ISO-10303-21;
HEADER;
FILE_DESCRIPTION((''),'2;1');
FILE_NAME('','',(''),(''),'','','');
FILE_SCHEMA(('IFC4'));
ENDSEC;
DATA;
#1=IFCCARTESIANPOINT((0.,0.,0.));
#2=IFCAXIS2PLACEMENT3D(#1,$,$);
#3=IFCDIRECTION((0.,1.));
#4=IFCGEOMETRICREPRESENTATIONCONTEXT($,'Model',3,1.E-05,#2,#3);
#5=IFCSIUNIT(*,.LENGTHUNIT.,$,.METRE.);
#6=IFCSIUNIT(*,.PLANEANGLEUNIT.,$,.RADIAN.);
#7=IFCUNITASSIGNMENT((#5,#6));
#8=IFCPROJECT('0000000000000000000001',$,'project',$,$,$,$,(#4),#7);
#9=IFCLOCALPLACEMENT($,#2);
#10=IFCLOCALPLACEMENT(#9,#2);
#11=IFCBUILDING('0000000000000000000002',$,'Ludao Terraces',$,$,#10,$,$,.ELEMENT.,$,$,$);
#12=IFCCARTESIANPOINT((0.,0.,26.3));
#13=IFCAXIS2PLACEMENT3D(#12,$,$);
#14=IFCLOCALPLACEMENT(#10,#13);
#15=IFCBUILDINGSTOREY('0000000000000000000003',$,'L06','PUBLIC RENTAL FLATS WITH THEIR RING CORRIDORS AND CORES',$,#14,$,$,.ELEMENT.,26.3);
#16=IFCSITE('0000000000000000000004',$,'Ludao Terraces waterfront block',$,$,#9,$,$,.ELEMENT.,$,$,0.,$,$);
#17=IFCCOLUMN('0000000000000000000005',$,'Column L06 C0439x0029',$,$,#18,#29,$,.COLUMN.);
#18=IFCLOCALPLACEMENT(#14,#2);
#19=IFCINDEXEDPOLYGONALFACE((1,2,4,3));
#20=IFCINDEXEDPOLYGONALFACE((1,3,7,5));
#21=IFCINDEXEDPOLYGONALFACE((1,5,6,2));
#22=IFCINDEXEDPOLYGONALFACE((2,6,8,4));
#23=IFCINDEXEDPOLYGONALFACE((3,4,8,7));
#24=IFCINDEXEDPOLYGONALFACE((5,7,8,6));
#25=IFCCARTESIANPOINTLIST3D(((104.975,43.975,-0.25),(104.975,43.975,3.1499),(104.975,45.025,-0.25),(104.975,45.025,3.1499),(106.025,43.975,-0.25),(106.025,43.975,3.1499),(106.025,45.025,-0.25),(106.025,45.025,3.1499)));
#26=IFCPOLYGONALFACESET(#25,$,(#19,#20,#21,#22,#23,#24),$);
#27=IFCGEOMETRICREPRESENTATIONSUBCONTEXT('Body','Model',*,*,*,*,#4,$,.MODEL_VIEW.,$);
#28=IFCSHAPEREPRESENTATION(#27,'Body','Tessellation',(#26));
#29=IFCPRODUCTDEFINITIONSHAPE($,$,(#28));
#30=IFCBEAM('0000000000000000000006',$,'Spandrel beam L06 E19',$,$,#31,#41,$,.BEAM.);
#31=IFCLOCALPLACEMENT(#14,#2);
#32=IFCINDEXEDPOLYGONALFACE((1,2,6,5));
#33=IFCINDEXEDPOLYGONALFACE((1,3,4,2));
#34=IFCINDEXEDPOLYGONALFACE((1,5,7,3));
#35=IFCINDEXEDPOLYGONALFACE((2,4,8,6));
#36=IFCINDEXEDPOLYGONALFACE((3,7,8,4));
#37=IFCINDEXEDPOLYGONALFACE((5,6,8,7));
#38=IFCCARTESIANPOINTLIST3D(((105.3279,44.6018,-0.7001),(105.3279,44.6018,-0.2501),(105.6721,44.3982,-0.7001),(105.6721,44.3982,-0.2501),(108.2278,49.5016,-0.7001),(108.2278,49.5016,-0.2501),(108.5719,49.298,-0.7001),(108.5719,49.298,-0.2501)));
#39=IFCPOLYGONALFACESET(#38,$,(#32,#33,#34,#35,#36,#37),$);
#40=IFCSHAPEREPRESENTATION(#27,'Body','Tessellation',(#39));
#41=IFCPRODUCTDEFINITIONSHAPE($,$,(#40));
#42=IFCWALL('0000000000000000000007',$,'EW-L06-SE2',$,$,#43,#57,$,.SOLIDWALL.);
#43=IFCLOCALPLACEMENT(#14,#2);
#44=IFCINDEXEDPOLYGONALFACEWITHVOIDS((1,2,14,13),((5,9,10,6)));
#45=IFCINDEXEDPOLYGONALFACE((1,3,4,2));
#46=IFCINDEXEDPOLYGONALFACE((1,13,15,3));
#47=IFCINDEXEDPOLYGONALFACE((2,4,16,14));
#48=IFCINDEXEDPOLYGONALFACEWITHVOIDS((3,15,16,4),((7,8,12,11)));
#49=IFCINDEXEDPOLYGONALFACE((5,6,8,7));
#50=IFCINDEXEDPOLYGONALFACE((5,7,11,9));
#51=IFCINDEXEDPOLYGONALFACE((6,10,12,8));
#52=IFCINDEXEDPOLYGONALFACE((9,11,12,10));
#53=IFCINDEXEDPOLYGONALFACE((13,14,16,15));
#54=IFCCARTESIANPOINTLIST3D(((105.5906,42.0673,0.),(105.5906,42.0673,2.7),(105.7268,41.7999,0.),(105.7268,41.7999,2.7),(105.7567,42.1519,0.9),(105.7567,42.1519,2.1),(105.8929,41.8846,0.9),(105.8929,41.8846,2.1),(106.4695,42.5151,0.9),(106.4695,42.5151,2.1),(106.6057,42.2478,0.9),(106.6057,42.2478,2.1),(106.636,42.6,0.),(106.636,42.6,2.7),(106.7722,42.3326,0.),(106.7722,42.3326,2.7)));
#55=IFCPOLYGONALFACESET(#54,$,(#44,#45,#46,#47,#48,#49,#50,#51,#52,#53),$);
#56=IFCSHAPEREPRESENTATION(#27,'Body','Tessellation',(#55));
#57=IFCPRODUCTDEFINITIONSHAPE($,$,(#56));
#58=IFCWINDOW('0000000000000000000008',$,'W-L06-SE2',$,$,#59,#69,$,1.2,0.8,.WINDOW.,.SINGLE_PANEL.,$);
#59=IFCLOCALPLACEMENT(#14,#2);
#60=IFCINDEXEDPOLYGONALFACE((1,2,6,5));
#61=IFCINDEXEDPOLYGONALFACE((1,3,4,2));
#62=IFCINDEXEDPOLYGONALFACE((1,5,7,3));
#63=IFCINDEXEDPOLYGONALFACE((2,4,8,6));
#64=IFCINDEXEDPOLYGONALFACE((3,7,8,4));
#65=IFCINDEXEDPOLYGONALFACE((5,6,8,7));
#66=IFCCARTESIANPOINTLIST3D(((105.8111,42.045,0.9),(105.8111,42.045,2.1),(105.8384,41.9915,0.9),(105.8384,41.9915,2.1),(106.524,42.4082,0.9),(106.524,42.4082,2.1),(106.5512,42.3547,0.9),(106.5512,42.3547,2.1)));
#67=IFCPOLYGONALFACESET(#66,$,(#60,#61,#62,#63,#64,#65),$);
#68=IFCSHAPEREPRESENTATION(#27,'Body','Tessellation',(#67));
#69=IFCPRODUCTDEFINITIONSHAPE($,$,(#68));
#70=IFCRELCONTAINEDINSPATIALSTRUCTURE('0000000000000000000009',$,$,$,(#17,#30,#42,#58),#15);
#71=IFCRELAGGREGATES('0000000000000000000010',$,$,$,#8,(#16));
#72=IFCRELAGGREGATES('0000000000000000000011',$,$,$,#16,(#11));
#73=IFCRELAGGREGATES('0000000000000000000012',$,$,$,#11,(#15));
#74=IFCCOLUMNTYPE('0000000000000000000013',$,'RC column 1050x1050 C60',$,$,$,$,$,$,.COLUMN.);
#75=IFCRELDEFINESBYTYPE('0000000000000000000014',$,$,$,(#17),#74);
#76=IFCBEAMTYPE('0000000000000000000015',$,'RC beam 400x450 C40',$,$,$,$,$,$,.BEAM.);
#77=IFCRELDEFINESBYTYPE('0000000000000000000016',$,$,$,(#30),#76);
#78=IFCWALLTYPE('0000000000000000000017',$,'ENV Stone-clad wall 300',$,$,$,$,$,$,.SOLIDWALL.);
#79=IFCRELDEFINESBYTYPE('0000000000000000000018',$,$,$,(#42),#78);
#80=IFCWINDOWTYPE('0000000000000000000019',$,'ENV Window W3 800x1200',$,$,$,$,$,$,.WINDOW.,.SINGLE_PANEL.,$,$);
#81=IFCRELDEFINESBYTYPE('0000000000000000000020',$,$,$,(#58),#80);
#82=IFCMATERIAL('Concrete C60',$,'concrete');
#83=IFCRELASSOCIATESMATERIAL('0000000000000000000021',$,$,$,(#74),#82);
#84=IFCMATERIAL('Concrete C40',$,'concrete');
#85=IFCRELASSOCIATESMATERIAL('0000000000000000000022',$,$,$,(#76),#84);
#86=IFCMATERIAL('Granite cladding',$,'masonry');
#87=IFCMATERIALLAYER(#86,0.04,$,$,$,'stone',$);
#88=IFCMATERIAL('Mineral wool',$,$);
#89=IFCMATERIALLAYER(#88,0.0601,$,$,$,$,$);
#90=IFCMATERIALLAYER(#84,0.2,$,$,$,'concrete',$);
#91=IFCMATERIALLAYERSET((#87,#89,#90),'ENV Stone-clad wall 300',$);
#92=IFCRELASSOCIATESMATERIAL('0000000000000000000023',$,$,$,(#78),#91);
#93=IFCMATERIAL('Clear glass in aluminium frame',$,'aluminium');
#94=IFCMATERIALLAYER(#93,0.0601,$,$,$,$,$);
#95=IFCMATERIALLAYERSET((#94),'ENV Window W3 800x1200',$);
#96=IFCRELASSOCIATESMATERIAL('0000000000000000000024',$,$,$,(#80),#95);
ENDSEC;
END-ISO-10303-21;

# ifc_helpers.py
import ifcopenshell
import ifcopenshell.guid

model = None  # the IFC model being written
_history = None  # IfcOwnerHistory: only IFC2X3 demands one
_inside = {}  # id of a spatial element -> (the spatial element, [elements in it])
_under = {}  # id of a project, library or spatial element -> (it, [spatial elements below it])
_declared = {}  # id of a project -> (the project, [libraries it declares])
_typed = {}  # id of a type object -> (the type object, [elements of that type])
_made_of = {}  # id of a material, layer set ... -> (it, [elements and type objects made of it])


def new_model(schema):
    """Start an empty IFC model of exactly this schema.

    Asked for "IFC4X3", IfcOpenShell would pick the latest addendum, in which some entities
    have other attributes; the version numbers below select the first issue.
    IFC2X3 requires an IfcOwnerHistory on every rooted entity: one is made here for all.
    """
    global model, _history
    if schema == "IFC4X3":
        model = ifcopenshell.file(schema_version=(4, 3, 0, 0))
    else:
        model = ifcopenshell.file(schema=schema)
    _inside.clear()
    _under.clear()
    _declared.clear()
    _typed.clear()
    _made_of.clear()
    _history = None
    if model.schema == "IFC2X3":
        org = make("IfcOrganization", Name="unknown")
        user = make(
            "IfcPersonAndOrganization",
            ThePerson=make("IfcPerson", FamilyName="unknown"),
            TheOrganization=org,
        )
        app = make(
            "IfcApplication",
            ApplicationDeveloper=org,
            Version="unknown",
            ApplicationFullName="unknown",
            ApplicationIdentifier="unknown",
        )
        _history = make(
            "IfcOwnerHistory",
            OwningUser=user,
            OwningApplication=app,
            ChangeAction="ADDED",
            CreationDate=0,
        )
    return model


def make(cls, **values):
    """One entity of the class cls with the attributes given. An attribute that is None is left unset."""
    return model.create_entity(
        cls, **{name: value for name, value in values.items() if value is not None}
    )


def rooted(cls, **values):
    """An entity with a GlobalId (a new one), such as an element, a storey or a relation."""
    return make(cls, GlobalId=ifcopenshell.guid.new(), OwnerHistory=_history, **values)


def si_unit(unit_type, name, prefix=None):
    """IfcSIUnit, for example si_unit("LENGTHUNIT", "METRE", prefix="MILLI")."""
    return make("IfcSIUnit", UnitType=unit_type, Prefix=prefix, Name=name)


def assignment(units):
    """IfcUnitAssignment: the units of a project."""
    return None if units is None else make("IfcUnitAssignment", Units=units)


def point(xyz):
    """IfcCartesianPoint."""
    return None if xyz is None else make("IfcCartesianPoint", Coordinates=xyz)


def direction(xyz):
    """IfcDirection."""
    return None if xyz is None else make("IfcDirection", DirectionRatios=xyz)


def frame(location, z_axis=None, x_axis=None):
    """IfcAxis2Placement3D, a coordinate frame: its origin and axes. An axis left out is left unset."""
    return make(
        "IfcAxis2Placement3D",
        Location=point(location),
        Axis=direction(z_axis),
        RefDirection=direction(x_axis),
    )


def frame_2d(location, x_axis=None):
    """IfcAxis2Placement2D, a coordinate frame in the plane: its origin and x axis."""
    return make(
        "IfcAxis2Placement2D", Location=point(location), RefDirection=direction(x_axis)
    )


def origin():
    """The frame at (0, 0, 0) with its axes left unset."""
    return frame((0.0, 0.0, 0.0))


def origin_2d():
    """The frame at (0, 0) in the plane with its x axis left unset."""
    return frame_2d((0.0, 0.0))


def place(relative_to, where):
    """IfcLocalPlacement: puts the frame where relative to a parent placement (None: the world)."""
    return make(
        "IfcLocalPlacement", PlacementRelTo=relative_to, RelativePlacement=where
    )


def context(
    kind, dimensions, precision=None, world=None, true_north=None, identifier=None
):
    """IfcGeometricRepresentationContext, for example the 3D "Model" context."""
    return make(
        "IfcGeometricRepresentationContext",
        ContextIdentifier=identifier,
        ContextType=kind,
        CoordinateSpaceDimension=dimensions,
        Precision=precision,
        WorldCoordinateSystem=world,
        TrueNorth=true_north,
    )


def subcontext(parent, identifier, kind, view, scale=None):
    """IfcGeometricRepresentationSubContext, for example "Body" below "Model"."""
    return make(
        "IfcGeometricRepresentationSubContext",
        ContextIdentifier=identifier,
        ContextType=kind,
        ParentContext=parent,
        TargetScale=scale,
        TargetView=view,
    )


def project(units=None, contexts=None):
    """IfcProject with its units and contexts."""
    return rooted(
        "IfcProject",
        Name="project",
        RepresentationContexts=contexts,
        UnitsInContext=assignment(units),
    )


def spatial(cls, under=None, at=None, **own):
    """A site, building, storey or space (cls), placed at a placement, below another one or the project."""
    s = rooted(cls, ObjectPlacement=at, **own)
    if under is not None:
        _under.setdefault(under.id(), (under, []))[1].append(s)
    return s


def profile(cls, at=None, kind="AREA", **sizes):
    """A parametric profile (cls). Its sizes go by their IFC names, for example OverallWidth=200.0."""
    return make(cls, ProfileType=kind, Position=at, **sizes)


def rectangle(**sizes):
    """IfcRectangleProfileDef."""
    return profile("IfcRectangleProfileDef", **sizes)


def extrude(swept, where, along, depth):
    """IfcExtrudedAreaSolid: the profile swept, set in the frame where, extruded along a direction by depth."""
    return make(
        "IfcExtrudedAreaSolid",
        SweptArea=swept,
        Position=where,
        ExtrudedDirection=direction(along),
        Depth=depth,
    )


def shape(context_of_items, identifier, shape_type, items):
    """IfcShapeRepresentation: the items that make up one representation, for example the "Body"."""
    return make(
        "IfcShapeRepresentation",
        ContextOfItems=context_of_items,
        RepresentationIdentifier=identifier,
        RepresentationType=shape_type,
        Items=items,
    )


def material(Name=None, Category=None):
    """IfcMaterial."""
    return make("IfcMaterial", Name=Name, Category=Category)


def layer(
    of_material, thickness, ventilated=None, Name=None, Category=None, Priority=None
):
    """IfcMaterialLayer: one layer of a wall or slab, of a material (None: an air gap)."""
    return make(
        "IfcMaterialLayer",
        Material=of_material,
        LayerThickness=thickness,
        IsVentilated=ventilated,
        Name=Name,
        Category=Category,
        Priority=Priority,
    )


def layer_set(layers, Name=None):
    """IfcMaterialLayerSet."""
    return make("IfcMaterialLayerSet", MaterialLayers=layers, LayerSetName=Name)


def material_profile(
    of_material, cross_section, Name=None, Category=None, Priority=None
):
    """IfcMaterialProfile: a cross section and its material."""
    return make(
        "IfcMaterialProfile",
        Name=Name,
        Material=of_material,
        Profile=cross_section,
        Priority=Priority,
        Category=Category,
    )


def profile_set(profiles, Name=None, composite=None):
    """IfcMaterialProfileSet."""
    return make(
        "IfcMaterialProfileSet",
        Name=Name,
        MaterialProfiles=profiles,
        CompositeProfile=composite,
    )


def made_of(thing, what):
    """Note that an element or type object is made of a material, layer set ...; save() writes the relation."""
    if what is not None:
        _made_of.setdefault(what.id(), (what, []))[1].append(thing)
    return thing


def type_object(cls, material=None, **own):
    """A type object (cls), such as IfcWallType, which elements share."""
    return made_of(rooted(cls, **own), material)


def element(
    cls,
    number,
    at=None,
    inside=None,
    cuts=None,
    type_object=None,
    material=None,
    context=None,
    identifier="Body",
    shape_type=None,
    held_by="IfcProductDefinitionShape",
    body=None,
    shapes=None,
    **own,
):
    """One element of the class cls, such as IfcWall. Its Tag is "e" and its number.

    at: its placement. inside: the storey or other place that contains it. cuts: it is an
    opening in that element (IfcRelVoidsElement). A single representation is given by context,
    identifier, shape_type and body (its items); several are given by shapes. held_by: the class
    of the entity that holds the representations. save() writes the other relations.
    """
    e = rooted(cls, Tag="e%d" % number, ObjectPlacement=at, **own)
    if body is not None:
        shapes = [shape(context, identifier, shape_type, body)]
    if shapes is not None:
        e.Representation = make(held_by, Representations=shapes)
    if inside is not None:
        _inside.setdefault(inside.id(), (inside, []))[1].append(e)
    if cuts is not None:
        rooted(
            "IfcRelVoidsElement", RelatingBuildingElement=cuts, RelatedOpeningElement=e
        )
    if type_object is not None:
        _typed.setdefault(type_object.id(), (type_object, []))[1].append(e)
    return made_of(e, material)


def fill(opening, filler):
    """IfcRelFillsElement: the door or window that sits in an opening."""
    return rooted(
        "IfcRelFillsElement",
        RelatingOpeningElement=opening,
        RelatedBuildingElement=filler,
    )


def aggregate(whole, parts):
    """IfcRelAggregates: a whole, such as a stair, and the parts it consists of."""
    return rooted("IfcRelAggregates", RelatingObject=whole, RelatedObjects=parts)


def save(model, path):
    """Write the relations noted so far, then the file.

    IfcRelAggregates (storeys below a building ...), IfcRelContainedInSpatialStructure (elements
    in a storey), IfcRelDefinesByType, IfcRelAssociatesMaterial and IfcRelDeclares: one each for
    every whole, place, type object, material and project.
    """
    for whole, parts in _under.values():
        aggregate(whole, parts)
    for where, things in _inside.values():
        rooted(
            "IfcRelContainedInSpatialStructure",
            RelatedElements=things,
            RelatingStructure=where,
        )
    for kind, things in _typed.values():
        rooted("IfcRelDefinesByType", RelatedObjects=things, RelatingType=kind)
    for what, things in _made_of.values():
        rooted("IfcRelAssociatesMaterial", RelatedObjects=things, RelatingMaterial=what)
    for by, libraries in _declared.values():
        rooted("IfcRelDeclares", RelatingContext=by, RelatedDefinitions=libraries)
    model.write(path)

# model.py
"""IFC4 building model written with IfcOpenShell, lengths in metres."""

from ifc_helpers import new_model, si_unit, direction, frame, frame_2d, origin, origin_2d, place, context, subcontext, project, spatial, rectangle, extrude, material, layer, layer_set, material_profile, profile_set, type_object, element, fill, save


model = new_model("IFC4")

# Units and contexts
model_context = context("Model", 3, precision=1e-05, world=origin(), true_north=direction((0.0, 1.0)))
body_context = subcontext(model_context, "Body", "Model", "MODEL_VIEW")
ifc_project = project(units=[si_unit("LENGTHUNIT", "METRE"), si_unit("PLANEANGLEUNIT", "RADIAN")], contexts=[model_context])

# Site, building, storey
site_placement = place(None, origin())
site = spatial("IfcSite", under=ifc_project, at=site_placement, Name="Ludao Terraces waterfront block", CompositionType="ELEMENT", RefElevation=0.0)
building_placement = place(site_placement, origin())
building = spatial("IfcBuilding", under=site, at=building_placement, Name="Ludao Terraces", CompositionType="ELEMENT")
storey_placement = place(building_placement, frame((0.0, 0.0, 26.3)))
storey = spatial("IfcBuildingStorey", under=building, at=storey_placement, Name="L06", Description="PUBLIC RENTAL FLATS WITH THEIR RING CORRIDORS AND CORES", CompositionType="ELEMENT", Elevation=26.3)

# Column
ifc_material_1 = material(Name="Concrete C60", Category="concrete")
ifc_material_profile_1 = material_profile(ifc_material_1, rectangle(XDim=1.05, YDim=1.05, at=origin_2d()), Name="1050 X 1050")
ifc_profile_set_1 = profile_set([ifc_material_profile_1], Name="Concrete C60")
column_type = type_object("IfcColumnType", Name="RC column 1050x1050 C60", PredefinedType="COLUMN", material=ifc_profile_set_1)
column_placement = place(storey_placement, frame((105.5, 44.5, -0.25), z_axis=(0.0, 0.0, 1.0), x_axis=(1.0, 0.0, 0.0)))
element("IfcColumn", 1, at=column_placement, inside=storey, type_object=column_type, Name="Column L06 C0439x0029", PredefinedType="COLUMN", context=body_context, shape_type="SweptSolid", body=[
    extrude(rectangle(XDim=1.05, YDim=1.05, at=origin_2d()), origin(), (0.0, 0.0, 1.0), 3.3999),
])

# Beam
ifc_material_2 = material(Name="Concrete C40", Category="concrete")
ifc_material_profile_2 = material_profile(ifc_material_2, rectangle(XDim=0.3999, YDim=0.45, at=origin_2d()), Name="400 X 450")
ifc_profile_set_2 = profile_set([ifc_material_profile_2], Name="Concrete C40")
beam_type = type_object("IfcBeamType", Name="RC beam 400x450 C40", PredefinedType="BEAM", material=ifc_profile_set_2)
beam_placement = place(storey_placement, frame((105.5, 44.5, -0.4751), z_axis=(0.509316, 0.86058, 0.0), x_axis=(-0.86058, 0.509316, 0.0)))
element("IfcBeam", 2, at=beam_placement, inside=storey, type_object=beam_type, Name="Spandrel beam L06 E19", PredefinedType="BEAM", context=body_context, shape_type="SweptSolid", body=[
    extrude(rectangle(XDim=0.3999, YDim=0.45, at=origin_2d()), origin(), (0.0, 0.0, 1.0), 5.6936),
])

# Wall, opening, window
ifc_material_3 = material(Name="Granite cladding", Category="masonry")
ifc_layer_1 = layer(ifc_material_3, 0.04, Category="stone")
ifc_material_4 = material(Name="Mineral wool")
ifc_layer_2 = layer(ifc_material_4, 0.0601)
ifc_layer_3 = layer(ifc_material_2, 0.2, Category="concrete")
ifc_layer_set_1 = layer_set([ifc_layer_1, ifc_layer_2, ifc_layer_3], Name="ENV Stone-clad wall 300")
wall_type_1 = type_object("IfcWallType", Name="ENV Stone-clad wall 300", PredefinedType="SOLIDWALL", material=ifc_layer_set_1)
wall_1_placement = place(storey_placement, frame((105.6587, 41.9336, 0.0), z_axis=(0.0, 0.0, 1.0), x_axis=(0.890989, 0.454026, 0.0)))
wall_1 = element("IfcWall", 3, at=wall_1_placement, inside=storey, type_object=wall_type_1, Name="EW-L06-SE2", PredefinedType="SOLIDWALL", context=body_context, shape_type="SweptSolid", body=[
    extrude(rectangle(XDim=1.1733, YDim=0.3, at=frame_2d((0.5867, 0.0))), origin(), (0.0, 0.0, 1.0), 2.7),
])
opening_1_placement = place(wall_1_placement, frame((0.1865, 0.0, 0.8999)))
opening_1 = element("IfcOpeningElement", 4, at=opening_1_placement, cuts=wall_1, PredefinedType="OPENING", context=body_context, shape_type="SweptSolid", body=[
    extrude(rectangle(XDim=0.8, YDim=1.2, at=frame_2d((0.3999, 0.6001))), frame((0.0, 0.1602, 0.0), z_axis=(0.0, -1.0, 0.0), x_axis=(1.0, 0.0, 0.0)), (0.0, 0.0, 1.0), 0.3201),
])
ifc_material_5 = material(Name="Clear glass in aluminium frame", Category="aluminium")
ifc_layer_4 = layer(ifc_material_5, 0.0601)
ifc_layer_set_2 = layer_set([ifc_layer_4], Name="ENV Window W3 800x1200")
window_type = type_object("IfcWindowType", Name="ENV Window W3 800x1200", PartitioningType="SINGLE_PANEL", PredefinedType="WINDOW", material=ifc_layer_set_2)
window_placement = place(opening_1_placement, origin())
window = element("IfcWindow", 5, at=window_placement, inside=storey, type_object=window_type, Name="W-L06-SE2", OverallHeight=1.2, OverallWidth=0.8, PartitioningType="SINGLE_PANEL", PredefinedType="WINDOW", context=body_context, shape_type="SweptSolid", body=[
    extrude(rectangle(XDim=0.8, YDim=1.2, at=frame_2d((0.3999, 0.6001))), frame((0.0, 0.03, 0.0), z_axis=(0.0, -1.0, 0.0), x_axis=(1.0, 0.0, 0.0)), (0.0, 0.0, 1.0), 0.0601),
])
fill(opening_1, window)

save(model, "model.ifc")
